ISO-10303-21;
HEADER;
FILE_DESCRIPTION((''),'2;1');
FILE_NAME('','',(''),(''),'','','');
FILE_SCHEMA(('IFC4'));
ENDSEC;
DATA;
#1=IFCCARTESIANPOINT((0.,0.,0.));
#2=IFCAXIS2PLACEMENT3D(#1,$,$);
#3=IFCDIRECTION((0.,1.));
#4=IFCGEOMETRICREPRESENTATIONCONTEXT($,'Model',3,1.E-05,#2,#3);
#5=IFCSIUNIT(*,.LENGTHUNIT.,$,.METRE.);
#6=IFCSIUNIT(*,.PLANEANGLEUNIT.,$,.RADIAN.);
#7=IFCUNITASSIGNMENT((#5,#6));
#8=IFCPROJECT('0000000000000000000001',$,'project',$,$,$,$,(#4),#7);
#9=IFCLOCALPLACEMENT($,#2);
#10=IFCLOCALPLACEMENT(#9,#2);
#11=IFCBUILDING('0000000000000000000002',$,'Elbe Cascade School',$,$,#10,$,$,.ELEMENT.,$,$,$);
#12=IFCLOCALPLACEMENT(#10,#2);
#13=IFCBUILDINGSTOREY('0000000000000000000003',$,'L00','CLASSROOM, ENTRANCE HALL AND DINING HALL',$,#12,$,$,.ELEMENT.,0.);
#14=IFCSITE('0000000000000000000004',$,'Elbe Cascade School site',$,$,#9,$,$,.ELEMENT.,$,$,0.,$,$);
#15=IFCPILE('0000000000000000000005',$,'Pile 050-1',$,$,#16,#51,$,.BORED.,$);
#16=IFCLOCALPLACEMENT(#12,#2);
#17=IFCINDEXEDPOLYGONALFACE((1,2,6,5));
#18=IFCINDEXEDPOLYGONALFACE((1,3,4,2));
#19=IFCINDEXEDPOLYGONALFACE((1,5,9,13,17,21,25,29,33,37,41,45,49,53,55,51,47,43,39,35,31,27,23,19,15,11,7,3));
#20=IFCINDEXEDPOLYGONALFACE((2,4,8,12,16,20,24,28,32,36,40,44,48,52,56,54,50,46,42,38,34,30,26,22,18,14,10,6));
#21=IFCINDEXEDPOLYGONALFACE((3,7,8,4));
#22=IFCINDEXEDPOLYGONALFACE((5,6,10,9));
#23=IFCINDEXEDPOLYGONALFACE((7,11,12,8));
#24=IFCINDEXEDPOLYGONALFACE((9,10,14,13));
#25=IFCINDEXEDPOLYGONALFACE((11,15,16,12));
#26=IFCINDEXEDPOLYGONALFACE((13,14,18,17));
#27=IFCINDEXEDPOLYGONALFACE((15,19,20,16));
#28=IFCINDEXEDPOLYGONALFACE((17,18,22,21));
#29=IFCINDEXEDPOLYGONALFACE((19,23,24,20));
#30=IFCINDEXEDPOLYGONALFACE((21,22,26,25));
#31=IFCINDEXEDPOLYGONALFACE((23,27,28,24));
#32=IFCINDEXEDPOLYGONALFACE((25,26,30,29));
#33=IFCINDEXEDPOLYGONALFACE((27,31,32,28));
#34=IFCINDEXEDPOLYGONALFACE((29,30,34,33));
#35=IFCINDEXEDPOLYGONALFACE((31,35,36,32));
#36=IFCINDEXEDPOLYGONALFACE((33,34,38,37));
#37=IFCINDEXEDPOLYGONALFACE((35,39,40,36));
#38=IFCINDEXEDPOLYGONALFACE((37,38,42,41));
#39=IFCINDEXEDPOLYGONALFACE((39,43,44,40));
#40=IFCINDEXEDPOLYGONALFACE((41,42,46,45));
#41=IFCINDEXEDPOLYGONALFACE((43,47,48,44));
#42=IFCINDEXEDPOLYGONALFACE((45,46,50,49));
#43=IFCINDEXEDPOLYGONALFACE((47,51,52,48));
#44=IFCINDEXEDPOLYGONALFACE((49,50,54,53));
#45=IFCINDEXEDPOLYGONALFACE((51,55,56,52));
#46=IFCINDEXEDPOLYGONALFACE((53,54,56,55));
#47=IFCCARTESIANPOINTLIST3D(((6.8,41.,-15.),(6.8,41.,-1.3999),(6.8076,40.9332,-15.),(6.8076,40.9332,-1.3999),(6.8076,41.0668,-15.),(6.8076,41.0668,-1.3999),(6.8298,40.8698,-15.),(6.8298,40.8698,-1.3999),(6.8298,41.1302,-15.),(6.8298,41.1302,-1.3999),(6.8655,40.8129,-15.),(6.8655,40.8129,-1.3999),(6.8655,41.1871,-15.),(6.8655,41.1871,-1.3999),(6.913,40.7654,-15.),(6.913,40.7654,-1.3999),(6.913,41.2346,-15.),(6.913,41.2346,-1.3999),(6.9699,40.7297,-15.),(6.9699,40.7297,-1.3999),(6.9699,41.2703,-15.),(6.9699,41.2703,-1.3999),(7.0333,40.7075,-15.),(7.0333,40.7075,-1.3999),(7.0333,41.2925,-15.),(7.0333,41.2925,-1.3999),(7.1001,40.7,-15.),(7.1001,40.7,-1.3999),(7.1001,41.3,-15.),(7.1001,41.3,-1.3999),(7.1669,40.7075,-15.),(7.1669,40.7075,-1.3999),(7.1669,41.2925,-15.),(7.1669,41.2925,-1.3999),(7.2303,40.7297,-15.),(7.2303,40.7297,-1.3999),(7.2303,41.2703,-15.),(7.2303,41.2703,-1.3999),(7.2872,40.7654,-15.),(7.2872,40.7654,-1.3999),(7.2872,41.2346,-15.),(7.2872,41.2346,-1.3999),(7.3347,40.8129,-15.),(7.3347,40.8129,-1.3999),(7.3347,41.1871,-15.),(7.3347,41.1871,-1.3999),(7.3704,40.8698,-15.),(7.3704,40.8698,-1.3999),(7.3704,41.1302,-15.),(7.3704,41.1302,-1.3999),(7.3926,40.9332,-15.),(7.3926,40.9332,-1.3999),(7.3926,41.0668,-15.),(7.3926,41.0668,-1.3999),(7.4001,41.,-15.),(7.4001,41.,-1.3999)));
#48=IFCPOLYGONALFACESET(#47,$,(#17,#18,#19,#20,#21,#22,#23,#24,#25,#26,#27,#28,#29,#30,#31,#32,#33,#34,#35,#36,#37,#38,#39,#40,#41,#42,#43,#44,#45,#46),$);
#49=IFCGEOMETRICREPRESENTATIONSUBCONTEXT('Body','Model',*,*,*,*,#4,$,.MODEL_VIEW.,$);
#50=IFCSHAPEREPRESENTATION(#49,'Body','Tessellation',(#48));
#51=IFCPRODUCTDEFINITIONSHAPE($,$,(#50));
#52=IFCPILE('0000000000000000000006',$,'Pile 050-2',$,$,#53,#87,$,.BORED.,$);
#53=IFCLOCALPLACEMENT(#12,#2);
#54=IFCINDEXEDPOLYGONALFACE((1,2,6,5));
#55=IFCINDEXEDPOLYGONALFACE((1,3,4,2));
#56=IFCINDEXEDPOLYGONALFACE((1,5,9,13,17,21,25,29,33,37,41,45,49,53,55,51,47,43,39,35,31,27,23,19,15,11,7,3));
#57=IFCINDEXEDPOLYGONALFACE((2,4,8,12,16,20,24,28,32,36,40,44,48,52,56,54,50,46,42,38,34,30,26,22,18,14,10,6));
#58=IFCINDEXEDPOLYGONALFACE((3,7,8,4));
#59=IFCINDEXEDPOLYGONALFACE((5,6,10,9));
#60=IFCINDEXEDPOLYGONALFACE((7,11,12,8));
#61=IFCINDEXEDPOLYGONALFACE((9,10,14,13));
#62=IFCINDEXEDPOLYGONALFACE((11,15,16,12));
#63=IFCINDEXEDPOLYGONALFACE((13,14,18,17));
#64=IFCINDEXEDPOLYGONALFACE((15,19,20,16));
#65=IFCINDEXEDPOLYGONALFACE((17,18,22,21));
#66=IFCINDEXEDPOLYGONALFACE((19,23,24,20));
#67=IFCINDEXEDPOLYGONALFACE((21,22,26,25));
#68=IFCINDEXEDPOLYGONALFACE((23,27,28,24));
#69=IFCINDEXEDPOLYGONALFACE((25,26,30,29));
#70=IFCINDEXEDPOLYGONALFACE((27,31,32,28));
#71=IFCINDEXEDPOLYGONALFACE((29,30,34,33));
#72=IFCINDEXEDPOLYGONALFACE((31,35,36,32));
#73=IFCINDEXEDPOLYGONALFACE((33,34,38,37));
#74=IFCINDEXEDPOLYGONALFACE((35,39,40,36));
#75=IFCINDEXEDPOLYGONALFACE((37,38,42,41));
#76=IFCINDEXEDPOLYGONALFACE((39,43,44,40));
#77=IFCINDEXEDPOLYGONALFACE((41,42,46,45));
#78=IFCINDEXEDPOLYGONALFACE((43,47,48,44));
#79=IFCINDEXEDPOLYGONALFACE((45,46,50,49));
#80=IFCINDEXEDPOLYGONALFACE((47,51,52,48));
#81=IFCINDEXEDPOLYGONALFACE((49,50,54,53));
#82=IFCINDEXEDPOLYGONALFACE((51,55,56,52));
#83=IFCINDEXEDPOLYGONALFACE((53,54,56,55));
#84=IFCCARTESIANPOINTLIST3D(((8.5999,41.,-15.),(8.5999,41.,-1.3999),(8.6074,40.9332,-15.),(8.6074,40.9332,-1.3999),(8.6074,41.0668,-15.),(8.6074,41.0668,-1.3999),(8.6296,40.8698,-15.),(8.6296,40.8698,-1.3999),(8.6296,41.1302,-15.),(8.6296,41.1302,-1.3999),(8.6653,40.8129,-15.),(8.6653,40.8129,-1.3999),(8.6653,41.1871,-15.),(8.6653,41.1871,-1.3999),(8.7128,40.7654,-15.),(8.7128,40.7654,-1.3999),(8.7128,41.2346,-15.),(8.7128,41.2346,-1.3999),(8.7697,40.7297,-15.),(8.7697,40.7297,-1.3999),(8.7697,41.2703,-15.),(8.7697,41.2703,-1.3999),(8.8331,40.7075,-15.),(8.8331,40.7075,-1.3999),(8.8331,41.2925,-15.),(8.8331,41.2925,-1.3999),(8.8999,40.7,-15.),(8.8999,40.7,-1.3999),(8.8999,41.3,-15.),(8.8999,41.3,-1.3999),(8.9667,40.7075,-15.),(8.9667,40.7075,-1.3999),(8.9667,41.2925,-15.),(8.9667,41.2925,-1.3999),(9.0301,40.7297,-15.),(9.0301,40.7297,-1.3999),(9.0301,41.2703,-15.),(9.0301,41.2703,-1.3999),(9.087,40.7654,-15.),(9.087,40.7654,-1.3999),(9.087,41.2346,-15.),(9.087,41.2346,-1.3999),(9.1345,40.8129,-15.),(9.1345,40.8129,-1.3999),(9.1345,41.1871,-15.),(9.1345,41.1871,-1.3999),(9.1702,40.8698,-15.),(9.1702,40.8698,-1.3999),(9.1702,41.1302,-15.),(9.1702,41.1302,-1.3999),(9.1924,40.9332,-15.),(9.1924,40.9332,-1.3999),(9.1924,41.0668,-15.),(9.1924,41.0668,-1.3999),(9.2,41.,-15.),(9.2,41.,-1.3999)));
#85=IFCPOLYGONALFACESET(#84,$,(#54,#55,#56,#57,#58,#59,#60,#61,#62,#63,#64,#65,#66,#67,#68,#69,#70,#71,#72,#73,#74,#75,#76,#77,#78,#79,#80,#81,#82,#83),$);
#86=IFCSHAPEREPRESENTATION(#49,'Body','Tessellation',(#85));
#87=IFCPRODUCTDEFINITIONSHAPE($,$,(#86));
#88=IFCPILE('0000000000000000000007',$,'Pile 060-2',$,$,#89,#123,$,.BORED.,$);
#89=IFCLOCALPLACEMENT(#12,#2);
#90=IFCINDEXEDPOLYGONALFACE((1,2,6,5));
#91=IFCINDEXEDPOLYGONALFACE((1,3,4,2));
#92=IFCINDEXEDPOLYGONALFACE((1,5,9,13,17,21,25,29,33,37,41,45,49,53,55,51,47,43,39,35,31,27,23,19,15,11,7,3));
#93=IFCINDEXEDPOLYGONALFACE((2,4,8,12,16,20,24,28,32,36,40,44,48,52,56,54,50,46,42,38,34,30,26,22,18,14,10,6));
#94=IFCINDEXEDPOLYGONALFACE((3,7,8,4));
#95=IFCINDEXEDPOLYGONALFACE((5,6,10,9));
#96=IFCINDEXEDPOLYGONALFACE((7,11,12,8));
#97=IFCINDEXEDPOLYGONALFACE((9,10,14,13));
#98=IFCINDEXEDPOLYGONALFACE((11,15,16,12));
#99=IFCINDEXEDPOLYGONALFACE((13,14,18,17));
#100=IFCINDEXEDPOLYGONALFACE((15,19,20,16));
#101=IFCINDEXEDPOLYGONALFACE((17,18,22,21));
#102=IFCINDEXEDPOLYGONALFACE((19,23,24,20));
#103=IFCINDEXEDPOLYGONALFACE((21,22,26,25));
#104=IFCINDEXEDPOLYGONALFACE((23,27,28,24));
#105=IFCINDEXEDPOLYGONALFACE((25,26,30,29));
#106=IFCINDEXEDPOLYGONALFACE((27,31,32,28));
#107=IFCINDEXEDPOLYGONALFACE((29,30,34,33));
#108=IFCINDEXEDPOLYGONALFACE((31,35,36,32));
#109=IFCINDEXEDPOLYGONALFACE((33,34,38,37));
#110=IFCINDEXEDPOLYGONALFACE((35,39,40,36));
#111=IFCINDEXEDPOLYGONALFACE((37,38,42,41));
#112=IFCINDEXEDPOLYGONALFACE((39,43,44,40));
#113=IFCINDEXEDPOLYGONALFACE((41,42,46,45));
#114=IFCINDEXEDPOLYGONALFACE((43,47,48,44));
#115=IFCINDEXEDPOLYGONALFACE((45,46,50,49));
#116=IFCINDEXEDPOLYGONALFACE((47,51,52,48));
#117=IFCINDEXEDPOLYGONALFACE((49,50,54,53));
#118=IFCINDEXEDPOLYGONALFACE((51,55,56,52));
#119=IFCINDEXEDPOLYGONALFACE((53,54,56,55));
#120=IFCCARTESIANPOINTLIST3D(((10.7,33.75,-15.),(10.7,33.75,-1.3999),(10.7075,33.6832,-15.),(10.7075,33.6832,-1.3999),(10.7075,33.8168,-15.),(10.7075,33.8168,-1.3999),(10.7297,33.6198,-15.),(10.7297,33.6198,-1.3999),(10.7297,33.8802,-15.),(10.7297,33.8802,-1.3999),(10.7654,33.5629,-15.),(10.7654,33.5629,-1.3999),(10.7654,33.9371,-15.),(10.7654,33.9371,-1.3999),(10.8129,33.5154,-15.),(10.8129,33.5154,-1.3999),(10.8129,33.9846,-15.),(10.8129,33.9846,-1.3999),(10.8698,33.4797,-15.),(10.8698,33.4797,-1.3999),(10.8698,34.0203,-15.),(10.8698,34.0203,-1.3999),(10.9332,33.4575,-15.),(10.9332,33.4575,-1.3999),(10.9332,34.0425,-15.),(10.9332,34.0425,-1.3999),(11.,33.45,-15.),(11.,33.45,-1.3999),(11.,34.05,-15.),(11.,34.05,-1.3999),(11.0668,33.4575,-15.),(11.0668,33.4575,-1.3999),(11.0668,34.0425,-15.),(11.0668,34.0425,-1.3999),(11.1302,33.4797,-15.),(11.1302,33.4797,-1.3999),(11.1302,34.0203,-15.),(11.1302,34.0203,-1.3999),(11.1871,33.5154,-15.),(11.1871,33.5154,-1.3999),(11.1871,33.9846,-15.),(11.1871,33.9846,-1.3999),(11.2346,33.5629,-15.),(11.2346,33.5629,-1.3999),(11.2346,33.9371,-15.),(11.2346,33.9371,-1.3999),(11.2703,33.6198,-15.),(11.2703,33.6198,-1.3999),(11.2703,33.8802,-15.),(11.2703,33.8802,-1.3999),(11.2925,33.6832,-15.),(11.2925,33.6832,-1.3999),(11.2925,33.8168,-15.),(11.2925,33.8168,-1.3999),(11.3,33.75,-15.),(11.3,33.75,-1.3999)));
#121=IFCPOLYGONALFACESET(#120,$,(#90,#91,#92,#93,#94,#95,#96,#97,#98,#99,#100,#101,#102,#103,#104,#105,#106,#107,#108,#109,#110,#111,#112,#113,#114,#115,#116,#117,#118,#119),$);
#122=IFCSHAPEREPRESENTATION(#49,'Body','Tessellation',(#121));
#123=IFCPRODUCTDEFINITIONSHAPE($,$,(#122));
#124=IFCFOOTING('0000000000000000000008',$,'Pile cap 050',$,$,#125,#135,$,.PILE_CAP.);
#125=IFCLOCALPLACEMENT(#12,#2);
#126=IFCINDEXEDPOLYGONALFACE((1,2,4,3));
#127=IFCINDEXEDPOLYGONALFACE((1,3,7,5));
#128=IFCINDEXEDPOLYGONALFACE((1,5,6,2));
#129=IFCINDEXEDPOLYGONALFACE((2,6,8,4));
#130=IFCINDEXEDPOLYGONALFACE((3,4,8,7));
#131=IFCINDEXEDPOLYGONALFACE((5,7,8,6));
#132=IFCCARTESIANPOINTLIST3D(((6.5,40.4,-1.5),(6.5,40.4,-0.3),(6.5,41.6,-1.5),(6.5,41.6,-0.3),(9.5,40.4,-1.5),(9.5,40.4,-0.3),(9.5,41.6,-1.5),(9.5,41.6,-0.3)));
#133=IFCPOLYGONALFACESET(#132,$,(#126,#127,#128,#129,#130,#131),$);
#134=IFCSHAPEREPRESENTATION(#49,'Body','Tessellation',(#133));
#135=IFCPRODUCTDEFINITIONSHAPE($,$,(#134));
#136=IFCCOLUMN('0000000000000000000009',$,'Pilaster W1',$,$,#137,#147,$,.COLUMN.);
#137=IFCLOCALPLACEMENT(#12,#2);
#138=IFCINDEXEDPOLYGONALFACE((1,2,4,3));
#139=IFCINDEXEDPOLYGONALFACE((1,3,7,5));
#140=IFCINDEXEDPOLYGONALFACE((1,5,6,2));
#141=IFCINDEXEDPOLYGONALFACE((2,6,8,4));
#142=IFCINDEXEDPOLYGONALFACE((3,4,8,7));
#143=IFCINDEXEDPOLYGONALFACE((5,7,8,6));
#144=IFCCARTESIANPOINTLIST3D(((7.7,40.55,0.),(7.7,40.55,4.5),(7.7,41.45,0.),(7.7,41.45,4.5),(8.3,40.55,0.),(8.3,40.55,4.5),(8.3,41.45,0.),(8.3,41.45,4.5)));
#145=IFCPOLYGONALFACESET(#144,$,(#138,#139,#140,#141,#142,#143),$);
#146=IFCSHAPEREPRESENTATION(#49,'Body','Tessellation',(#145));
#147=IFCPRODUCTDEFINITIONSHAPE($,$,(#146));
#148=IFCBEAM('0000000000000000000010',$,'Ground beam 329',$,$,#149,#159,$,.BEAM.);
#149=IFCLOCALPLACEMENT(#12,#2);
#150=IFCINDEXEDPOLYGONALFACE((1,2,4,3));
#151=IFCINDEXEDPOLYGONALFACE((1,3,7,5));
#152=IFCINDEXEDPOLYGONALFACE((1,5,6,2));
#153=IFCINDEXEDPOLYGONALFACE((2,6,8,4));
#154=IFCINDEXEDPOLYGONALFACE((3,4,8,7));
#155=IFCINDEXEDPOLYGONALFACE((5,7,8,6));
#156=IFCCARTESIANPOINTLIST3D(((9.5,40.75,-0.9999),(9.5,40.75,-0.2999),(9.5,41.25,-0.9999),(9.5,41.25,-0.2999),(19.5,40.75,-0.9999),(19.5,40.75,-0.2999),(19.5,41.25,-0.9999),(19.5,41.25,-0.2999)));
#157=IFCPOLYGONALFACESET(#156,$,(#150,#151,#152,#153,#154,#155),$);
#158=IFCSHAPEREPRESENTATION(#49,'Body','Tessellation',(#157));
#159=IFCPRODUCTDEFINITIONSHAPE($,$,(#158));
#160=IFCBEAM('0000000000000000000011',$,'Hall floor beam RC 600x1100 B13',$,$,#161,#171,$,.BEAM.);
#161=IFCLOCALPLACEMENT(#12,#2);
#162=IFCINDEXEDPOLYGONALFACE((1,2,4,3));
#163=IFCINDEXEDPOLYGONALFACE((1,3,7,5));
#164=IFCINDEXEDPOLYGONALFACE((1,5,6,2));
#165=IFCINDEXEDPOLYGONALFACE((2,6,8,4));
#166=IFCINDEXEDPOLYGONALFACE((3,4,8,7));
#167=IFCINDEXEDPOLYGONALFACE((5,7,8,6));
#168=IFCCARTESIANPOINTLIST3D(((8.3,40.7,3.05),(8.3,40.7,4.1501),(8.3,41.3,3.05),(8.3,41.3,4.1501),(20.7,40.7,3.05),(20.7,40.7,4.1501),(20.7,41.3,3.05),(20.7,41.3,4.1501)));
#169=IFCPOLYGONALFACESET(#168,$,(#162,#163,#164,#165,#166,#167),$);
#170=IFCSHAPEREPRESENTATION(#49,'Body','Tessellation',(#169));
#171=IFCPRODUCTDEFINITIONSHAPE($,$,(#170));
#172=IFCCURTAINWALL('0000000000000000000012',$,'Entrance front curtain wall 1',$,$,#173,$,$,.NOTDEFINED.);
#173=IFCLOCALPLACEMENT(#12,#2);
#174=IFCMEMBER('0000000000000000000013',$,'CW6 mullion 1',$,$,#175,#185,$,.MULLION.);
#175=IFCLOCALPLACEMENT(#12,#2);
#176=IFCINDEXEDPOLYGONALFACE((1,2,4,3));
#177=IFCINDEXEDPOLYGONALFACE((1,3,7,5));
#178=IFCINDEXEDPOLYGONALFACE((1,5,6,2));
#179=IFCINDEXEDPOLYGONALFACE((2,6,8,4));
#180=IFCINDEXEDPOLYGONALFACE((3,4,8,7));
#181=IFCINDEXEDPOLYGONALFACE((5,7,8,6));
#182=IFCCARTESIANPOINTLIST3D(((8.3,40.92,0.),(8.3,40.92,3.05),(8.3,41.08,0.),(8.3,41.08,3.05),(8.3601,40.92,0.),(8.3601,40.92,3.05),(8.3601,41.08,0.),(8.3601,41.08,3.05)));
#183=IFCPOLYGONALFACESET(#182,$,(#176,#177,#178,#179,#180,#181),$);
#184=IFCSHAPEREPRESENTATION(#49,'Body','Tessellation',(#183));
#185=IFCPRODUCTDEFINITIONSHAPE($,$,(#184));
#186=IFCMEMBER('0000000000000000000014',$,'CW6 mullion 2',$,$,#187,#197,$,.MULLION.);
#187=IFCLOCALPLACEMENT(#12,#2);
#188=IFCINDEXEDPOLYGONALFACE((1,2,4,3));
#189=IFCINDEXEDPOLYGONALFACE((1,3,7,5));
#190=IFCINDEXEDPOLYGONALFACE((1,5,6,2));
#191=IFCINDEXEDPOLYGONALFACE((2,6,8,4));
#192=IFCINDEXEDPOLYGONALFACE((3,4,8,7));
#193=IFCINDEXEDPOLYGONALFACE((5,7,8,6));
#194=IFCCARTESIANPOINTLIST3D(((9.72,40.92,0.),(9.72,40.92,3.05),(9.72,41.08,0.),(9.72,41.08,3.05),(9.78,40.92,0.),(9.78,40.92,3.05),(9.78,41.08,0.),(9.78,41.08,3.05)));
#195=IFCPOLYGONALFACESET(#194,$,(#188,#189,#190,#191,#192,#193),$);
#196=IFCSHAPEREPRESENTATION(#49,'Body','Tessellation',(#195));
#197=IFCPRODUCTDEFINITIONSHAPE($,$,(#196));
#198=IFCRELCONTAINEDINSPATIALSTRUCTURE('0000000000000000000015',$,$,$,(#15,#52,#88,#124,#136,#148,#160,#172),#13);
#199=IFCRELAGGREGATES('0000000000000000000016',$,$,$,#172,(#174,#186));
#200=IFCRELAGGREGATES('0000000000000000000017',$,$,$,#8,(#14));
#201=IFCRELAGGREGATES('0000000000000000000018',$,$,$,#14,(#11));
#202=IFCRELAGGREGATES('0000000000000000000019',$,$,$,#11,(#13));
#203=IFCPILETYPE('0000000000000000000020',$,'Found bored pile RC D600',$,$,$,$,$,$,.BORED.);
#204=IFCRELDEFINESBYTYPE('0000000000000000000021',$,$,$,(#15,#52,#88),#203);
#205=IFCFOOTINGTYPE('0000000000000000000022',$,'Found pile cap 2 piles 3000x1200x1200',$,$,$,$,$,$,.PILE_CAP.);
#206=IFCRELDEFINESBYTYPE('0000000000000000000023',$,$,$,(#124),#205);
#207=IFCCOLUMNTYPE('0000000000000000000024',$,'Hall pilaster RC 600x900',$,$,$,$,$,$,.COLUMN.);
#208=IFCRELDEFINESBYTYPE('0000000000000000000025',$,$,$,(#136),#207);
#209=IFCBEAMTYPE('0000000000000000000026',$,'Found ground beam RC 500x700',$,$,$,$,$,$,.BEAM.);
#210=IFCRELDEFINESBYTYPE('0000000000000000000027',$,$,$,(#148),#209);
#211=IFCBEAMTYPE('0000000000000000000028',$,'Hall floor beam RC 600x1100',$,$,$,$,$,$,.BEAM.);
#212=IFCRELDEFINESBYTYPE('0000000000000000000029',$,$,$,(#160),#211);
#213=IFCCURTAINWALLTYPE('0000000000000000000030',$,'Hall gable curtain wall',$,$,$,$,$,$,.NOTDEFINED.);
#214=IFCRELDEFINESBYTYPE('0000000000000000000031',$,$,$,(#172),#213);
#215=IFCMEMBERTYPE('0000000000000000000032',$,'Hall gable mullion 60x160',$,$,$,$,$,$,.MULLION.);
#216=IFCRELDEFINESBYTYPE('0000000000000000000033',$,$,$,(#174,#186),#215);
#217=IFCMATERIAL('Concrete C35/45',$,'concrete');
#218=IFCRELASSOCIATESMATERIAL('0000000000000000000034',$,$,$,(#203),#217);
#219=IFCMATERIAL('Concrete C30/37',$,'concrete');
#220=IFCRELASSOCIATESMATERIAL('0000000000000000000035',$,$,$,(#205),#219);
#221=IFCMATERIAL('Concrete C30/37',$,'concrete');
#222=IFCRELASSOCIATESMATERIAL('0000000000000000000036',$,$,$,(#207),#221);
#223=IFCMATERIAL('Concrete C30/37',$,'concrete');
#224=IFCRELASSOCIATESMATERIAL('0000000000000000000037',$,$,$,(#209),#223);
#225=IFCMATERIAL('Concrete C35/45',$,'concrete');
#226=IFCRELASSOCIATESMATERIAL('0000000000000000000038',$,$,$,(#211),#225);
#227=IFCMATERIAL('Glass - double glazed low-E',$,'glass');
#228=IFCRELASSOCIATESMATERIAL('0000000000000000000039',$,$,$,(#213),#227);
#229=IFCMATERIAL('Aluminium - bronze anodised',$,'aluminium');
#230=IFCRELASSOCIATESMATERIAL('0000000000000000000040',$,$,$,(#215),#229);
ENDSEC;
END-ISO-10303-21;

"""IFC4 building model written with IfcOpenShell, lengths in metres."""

from ifc_helpers import new_model, si_unit, direction, frame, origin, origin_2d, place, context, subcontext, project, spatial, rectangle, circle, extrude, material, material_profile, profile_set, type_object, element, aggregate, save


model = new_model("IFC4")

# Units and contexts
model_context = context("Model", 3, precision=1e-05, world=origin(), true_north=direction((0.0, 1.0)))
body_context = subcontext(model_context, "Body", "Model", "MODEL_VIEW")
ifc_project = project(units=[si_unit("LENGTHUNIT", "METRE"), si_unit("PLANEANGLEUNIT", "RADIAN")], contexts=[model_context])

# Site, building, storey
site_placement = place(None, origin())
site = spatial("IfcSite", under=ifc_project, at=site_placement, Name="Elbe Cascade School site", CompositionType="ELEMENT", RefElevation=0.0)
building_placement = place(site_placement, origin())
building = spatial("IfcBuilding", under=site, at=building_placement, Name="Elbe Cascade School", CompositionType="ELEMENT")
storey_placement = place(building_placement, origin())
storey = spatial("IfcBuildingStorey", under=building, at=storey_placement, Name="L00", Description="CLASSROOM, ENTRANCE HALL AND DINING HALL", CompositionType="ELEMENT", Elevation=0.0)

# Piles
ifc_material_1 = material(Name="Concrete C35/45", Category="concrete")
ifc_material_profile_1 = material_profile(ifc_material_1, circle(Radius=0.3, at=origin_2d()), Name="RC D600")
ifc_profile_set_1 = profile_set([ifc_material_profile_1], Name="Concrete C35/45")
pile_type = type_object("IfcPileType", Name="Found bored pile RC D600", PredefinedType="BORED", material=ifc_profile_set_1)
for number, where, z_axis, x_axis, name in (
    (1, (7.1001, 41.0, -1.3999), (0.0, 0.0, -1.0), (1.0, 0.0, 0.0), "Pile 050-1"),
    (2, (8.8999, 41.0, -1.3999), (0.0, 0.0, -1.0), (1.0, 0.0, 0.0), "Pile 050-2"),
    (3, (11.0, 33.75, -1.3999), (0.0, 0.0, -1.0), (1.0, 0.0, 0.0), "Pile 060-2"),
):
    element("IfcPile", number, at=place(storey_placement, frame(where, z_axis=z_axis, x_axis=x_axis)), inside=storey, type_object=pile_type, Name=name, PredefinedType="BORED", context=body_context, shape_type="SweptSolid", body=[
        extrude(circle(Radius=0.3, at=origin_2d()), origin(), (0.0, 0.0, 1.0), 13.6001),
    ])

# Footing
ifc_material_2 = material(Name="Concrete C30/37", Category="concrete")
footing_type = type_object("IfcFootingType", Name="Found pile cap 2 piles 3000x1200x1200", PredefinedType="PILE_CAP", material=ifc_material_2)
footing_placement = place(storey_placement, frame((8.0, 41.0, -1.5), z_axis=(0.0, 0.0, 1.0), x_axis=(1.0, 0.0, 0.0)))
element("IfcFooting", 4, at=footing_placement, inside=storey, type_object=footing_type, Name="Pile cap 050", PredefinedType="PILE_CAP", context=body_context, shape_type="SweptSolid", body=[
    extrude(rectangle(XDim=3.0, YDim=1.2, at=origin_2d()), origin(), (0.0, 0.0, 1.0), 1.2),
])

# Column
ifc_material_3 = material(Name="Concrete C30/37", Category="concrete")
ifc_material_profile_2 = material_profile(ifc_material_3, rectangle(XDim=0.6001, YDim=0.8999, at=origin_2d()), Name="RC 600x900")
ifc_profile_set_2 = profile_set([ifc_material_profile_2], Name="Concrete C30/37")
column_type = type_object("IfcColumnType", Name="Hall pilaster RC 600x900", PredefinedType="COLUMN", material=ifc_profile_set_2)
column_placement = place(storey_placement, frame((8.0, 41.0, 0.0), z_axis=(0.0, 0.0, 1.0), x_axis=(1.0, 0.0, 0.0)))
element("IfcColumn", 5, at=column_placement, inside=storey, type_object=column_type, Name="Pilaster W1", PredefinedType="COLUMN", context=body_context, shape_type="SweptSolid", body=[
    extrude(rectangle(XDim=0.6001, YDim=0.8999, at=origin_2d()), origin(), (0.0, 0.0, 1.0), 4.5),
])

# Beams
ifc_material_4 = material(Name="Concrete C30/37", Category="concrete")
ifc_material_profile_3 = material_profile(ifc_material_4, rectangle(XDim=0.5, YDim=0.7, at=origin_2d()), Name="RC 500x700")
ifc_profile_set_3 = profile_set([ifc_material_profile_3], Name="Concrete C30/37")
beam_type_1 = type_object("IfcBeamType", Name="Found ground beam RC 500x700", PredefinedType="BEAM", material=ifc_profile_set_3)
beam_1_placement = place(storey_placement, frame((9.5, 41.0, -0.6499), z_axis=(1.0, 0.0, 0.0), x_axis=(0.0, 1.0, 0.0)))
element("IfcBeam", 6, at=beam_1_placement, inside=storey, type_object=beam_type_1, Name="Ground beam 329", PredefinedType="BEAM", context=body_context, shape_type="SweptSolid", body=[
    extrude(rectangle(XDim=0.5, YDim=0.7, at=origin_2d()), origin(), (0.0, 0.0, 1.0), 10.0),
])
ifc_material_5 = material(Name="Concrete C35/45", Category="concrete")
ifc_material_profile_4 = material_profile(ifc_material_5, rectangle(XDim=0.6001, YDim=1.1001, at=origin_2d()), Name="RC 600x1100")
ifc_profile_set_4 = profile_set([ifc_material_profile_4], Name="Concrete C35/45")
beam_type_2 = type_object("IfcBeamType", Name="Hall floor beam RC 600x1100", PredefinedType="BEAM", material=ifc_profile_set_4)
beam_2_placement = place(storey_placement, frame((8.3, 41.0, 3.6001), z_axis=(1.0, 0.0, 0.0), x_axis=(0.0, 1.0, 0.0)))
element("IfcBeam", 7, at=beam_2_placement, inside=storey, type_object=beam_type_2, Name="Hall floor beam RC 600x1100 B13", PredefinedType="BEAM", context=body_context, shape_type="SweptSolid", body=[
    extrude(rectangle(XDim=0.6001, YDim=1.1001, at=origin_2d()), origin(), (0.0, 0.0, 1.0), 12.3999),
])

# Curtain wall, members
ifc_material_6 = material(Name="Glass - double glazed low-E", Category="glass")
curtain_wall_type = type_object("IfcCurtainWallType", Name="Hall gable curtain wall", PredefinedType="NOTDEFINED", material=ifc_material_6)
curtain_wall_placement = place(storey_placement, origin())
curtain_wall = element("IfcCurtainWall", 8, at=curtain_wall_placement, inside=storey, type_object=curtain_wall_type, Name="Entrance front curtain wall 1", PredefinedType="NOTDEFINED")
ifc_material_7 = material(Name="Aluminium - bronze anodised", Category="aluminium")
ifc_material_profile_5 = material_profile(ifc_material_7, rectangle(XDim=0.1599, YDim=0.0601, at=origin_2d()), Name="Alu 60x160")
ifc_profile_set_5 = profile_set([ifc_material_profile_5], Name="Aluminium - bronze anodised")
member_type_1 = type_object("IfcMemberType", Name="Hall gable mullion 60x160", PredefinedType="MULLION", material=ifc_profile_set_5)
member_1_placement = place(storey_placement, frame((8.3301, 41.0, 0.0), z_axis=(0.0, 0.0, 1.0), x_axis=(0.0, 1.0, 0.0)))
member_1 = element("IfcMember", 9, at=member_1_placement, type_object=member_type_1, Name="CW6 mullion 1", PredefinedType="MULLION", context=body_context, shape_type="SweptSolid", body=[
    extrude(rectangle(XDim=0.1599, YDim=0.0601, at=origin_2d()), origin(), (0.0, 0.0, 1.0), 3.05),
])
member_2_placement = place(storey_placement, frame((9.75, 41.0, 0.0), z_axis=(0.0, 0.0, 1.0), x_axis=(0.0, 1.0, 0.0)))
member_2 = element("IfcMember", 10, at=member_2_placement, type_object=member_type_1, Name="CW6 mullion 2", PredefinedType="MULLION", context=body_context, shape_type="SweptSolid", body=[
    extrude(rectangle(XDim=0.1599, YDim=0.0601, at=origin_2d()), origin(), (0.0, 0.0, 1.0), 3.05),
])
aggregate(curtain_wall, [member_1, member_2])

save(model, "model.ifc")
